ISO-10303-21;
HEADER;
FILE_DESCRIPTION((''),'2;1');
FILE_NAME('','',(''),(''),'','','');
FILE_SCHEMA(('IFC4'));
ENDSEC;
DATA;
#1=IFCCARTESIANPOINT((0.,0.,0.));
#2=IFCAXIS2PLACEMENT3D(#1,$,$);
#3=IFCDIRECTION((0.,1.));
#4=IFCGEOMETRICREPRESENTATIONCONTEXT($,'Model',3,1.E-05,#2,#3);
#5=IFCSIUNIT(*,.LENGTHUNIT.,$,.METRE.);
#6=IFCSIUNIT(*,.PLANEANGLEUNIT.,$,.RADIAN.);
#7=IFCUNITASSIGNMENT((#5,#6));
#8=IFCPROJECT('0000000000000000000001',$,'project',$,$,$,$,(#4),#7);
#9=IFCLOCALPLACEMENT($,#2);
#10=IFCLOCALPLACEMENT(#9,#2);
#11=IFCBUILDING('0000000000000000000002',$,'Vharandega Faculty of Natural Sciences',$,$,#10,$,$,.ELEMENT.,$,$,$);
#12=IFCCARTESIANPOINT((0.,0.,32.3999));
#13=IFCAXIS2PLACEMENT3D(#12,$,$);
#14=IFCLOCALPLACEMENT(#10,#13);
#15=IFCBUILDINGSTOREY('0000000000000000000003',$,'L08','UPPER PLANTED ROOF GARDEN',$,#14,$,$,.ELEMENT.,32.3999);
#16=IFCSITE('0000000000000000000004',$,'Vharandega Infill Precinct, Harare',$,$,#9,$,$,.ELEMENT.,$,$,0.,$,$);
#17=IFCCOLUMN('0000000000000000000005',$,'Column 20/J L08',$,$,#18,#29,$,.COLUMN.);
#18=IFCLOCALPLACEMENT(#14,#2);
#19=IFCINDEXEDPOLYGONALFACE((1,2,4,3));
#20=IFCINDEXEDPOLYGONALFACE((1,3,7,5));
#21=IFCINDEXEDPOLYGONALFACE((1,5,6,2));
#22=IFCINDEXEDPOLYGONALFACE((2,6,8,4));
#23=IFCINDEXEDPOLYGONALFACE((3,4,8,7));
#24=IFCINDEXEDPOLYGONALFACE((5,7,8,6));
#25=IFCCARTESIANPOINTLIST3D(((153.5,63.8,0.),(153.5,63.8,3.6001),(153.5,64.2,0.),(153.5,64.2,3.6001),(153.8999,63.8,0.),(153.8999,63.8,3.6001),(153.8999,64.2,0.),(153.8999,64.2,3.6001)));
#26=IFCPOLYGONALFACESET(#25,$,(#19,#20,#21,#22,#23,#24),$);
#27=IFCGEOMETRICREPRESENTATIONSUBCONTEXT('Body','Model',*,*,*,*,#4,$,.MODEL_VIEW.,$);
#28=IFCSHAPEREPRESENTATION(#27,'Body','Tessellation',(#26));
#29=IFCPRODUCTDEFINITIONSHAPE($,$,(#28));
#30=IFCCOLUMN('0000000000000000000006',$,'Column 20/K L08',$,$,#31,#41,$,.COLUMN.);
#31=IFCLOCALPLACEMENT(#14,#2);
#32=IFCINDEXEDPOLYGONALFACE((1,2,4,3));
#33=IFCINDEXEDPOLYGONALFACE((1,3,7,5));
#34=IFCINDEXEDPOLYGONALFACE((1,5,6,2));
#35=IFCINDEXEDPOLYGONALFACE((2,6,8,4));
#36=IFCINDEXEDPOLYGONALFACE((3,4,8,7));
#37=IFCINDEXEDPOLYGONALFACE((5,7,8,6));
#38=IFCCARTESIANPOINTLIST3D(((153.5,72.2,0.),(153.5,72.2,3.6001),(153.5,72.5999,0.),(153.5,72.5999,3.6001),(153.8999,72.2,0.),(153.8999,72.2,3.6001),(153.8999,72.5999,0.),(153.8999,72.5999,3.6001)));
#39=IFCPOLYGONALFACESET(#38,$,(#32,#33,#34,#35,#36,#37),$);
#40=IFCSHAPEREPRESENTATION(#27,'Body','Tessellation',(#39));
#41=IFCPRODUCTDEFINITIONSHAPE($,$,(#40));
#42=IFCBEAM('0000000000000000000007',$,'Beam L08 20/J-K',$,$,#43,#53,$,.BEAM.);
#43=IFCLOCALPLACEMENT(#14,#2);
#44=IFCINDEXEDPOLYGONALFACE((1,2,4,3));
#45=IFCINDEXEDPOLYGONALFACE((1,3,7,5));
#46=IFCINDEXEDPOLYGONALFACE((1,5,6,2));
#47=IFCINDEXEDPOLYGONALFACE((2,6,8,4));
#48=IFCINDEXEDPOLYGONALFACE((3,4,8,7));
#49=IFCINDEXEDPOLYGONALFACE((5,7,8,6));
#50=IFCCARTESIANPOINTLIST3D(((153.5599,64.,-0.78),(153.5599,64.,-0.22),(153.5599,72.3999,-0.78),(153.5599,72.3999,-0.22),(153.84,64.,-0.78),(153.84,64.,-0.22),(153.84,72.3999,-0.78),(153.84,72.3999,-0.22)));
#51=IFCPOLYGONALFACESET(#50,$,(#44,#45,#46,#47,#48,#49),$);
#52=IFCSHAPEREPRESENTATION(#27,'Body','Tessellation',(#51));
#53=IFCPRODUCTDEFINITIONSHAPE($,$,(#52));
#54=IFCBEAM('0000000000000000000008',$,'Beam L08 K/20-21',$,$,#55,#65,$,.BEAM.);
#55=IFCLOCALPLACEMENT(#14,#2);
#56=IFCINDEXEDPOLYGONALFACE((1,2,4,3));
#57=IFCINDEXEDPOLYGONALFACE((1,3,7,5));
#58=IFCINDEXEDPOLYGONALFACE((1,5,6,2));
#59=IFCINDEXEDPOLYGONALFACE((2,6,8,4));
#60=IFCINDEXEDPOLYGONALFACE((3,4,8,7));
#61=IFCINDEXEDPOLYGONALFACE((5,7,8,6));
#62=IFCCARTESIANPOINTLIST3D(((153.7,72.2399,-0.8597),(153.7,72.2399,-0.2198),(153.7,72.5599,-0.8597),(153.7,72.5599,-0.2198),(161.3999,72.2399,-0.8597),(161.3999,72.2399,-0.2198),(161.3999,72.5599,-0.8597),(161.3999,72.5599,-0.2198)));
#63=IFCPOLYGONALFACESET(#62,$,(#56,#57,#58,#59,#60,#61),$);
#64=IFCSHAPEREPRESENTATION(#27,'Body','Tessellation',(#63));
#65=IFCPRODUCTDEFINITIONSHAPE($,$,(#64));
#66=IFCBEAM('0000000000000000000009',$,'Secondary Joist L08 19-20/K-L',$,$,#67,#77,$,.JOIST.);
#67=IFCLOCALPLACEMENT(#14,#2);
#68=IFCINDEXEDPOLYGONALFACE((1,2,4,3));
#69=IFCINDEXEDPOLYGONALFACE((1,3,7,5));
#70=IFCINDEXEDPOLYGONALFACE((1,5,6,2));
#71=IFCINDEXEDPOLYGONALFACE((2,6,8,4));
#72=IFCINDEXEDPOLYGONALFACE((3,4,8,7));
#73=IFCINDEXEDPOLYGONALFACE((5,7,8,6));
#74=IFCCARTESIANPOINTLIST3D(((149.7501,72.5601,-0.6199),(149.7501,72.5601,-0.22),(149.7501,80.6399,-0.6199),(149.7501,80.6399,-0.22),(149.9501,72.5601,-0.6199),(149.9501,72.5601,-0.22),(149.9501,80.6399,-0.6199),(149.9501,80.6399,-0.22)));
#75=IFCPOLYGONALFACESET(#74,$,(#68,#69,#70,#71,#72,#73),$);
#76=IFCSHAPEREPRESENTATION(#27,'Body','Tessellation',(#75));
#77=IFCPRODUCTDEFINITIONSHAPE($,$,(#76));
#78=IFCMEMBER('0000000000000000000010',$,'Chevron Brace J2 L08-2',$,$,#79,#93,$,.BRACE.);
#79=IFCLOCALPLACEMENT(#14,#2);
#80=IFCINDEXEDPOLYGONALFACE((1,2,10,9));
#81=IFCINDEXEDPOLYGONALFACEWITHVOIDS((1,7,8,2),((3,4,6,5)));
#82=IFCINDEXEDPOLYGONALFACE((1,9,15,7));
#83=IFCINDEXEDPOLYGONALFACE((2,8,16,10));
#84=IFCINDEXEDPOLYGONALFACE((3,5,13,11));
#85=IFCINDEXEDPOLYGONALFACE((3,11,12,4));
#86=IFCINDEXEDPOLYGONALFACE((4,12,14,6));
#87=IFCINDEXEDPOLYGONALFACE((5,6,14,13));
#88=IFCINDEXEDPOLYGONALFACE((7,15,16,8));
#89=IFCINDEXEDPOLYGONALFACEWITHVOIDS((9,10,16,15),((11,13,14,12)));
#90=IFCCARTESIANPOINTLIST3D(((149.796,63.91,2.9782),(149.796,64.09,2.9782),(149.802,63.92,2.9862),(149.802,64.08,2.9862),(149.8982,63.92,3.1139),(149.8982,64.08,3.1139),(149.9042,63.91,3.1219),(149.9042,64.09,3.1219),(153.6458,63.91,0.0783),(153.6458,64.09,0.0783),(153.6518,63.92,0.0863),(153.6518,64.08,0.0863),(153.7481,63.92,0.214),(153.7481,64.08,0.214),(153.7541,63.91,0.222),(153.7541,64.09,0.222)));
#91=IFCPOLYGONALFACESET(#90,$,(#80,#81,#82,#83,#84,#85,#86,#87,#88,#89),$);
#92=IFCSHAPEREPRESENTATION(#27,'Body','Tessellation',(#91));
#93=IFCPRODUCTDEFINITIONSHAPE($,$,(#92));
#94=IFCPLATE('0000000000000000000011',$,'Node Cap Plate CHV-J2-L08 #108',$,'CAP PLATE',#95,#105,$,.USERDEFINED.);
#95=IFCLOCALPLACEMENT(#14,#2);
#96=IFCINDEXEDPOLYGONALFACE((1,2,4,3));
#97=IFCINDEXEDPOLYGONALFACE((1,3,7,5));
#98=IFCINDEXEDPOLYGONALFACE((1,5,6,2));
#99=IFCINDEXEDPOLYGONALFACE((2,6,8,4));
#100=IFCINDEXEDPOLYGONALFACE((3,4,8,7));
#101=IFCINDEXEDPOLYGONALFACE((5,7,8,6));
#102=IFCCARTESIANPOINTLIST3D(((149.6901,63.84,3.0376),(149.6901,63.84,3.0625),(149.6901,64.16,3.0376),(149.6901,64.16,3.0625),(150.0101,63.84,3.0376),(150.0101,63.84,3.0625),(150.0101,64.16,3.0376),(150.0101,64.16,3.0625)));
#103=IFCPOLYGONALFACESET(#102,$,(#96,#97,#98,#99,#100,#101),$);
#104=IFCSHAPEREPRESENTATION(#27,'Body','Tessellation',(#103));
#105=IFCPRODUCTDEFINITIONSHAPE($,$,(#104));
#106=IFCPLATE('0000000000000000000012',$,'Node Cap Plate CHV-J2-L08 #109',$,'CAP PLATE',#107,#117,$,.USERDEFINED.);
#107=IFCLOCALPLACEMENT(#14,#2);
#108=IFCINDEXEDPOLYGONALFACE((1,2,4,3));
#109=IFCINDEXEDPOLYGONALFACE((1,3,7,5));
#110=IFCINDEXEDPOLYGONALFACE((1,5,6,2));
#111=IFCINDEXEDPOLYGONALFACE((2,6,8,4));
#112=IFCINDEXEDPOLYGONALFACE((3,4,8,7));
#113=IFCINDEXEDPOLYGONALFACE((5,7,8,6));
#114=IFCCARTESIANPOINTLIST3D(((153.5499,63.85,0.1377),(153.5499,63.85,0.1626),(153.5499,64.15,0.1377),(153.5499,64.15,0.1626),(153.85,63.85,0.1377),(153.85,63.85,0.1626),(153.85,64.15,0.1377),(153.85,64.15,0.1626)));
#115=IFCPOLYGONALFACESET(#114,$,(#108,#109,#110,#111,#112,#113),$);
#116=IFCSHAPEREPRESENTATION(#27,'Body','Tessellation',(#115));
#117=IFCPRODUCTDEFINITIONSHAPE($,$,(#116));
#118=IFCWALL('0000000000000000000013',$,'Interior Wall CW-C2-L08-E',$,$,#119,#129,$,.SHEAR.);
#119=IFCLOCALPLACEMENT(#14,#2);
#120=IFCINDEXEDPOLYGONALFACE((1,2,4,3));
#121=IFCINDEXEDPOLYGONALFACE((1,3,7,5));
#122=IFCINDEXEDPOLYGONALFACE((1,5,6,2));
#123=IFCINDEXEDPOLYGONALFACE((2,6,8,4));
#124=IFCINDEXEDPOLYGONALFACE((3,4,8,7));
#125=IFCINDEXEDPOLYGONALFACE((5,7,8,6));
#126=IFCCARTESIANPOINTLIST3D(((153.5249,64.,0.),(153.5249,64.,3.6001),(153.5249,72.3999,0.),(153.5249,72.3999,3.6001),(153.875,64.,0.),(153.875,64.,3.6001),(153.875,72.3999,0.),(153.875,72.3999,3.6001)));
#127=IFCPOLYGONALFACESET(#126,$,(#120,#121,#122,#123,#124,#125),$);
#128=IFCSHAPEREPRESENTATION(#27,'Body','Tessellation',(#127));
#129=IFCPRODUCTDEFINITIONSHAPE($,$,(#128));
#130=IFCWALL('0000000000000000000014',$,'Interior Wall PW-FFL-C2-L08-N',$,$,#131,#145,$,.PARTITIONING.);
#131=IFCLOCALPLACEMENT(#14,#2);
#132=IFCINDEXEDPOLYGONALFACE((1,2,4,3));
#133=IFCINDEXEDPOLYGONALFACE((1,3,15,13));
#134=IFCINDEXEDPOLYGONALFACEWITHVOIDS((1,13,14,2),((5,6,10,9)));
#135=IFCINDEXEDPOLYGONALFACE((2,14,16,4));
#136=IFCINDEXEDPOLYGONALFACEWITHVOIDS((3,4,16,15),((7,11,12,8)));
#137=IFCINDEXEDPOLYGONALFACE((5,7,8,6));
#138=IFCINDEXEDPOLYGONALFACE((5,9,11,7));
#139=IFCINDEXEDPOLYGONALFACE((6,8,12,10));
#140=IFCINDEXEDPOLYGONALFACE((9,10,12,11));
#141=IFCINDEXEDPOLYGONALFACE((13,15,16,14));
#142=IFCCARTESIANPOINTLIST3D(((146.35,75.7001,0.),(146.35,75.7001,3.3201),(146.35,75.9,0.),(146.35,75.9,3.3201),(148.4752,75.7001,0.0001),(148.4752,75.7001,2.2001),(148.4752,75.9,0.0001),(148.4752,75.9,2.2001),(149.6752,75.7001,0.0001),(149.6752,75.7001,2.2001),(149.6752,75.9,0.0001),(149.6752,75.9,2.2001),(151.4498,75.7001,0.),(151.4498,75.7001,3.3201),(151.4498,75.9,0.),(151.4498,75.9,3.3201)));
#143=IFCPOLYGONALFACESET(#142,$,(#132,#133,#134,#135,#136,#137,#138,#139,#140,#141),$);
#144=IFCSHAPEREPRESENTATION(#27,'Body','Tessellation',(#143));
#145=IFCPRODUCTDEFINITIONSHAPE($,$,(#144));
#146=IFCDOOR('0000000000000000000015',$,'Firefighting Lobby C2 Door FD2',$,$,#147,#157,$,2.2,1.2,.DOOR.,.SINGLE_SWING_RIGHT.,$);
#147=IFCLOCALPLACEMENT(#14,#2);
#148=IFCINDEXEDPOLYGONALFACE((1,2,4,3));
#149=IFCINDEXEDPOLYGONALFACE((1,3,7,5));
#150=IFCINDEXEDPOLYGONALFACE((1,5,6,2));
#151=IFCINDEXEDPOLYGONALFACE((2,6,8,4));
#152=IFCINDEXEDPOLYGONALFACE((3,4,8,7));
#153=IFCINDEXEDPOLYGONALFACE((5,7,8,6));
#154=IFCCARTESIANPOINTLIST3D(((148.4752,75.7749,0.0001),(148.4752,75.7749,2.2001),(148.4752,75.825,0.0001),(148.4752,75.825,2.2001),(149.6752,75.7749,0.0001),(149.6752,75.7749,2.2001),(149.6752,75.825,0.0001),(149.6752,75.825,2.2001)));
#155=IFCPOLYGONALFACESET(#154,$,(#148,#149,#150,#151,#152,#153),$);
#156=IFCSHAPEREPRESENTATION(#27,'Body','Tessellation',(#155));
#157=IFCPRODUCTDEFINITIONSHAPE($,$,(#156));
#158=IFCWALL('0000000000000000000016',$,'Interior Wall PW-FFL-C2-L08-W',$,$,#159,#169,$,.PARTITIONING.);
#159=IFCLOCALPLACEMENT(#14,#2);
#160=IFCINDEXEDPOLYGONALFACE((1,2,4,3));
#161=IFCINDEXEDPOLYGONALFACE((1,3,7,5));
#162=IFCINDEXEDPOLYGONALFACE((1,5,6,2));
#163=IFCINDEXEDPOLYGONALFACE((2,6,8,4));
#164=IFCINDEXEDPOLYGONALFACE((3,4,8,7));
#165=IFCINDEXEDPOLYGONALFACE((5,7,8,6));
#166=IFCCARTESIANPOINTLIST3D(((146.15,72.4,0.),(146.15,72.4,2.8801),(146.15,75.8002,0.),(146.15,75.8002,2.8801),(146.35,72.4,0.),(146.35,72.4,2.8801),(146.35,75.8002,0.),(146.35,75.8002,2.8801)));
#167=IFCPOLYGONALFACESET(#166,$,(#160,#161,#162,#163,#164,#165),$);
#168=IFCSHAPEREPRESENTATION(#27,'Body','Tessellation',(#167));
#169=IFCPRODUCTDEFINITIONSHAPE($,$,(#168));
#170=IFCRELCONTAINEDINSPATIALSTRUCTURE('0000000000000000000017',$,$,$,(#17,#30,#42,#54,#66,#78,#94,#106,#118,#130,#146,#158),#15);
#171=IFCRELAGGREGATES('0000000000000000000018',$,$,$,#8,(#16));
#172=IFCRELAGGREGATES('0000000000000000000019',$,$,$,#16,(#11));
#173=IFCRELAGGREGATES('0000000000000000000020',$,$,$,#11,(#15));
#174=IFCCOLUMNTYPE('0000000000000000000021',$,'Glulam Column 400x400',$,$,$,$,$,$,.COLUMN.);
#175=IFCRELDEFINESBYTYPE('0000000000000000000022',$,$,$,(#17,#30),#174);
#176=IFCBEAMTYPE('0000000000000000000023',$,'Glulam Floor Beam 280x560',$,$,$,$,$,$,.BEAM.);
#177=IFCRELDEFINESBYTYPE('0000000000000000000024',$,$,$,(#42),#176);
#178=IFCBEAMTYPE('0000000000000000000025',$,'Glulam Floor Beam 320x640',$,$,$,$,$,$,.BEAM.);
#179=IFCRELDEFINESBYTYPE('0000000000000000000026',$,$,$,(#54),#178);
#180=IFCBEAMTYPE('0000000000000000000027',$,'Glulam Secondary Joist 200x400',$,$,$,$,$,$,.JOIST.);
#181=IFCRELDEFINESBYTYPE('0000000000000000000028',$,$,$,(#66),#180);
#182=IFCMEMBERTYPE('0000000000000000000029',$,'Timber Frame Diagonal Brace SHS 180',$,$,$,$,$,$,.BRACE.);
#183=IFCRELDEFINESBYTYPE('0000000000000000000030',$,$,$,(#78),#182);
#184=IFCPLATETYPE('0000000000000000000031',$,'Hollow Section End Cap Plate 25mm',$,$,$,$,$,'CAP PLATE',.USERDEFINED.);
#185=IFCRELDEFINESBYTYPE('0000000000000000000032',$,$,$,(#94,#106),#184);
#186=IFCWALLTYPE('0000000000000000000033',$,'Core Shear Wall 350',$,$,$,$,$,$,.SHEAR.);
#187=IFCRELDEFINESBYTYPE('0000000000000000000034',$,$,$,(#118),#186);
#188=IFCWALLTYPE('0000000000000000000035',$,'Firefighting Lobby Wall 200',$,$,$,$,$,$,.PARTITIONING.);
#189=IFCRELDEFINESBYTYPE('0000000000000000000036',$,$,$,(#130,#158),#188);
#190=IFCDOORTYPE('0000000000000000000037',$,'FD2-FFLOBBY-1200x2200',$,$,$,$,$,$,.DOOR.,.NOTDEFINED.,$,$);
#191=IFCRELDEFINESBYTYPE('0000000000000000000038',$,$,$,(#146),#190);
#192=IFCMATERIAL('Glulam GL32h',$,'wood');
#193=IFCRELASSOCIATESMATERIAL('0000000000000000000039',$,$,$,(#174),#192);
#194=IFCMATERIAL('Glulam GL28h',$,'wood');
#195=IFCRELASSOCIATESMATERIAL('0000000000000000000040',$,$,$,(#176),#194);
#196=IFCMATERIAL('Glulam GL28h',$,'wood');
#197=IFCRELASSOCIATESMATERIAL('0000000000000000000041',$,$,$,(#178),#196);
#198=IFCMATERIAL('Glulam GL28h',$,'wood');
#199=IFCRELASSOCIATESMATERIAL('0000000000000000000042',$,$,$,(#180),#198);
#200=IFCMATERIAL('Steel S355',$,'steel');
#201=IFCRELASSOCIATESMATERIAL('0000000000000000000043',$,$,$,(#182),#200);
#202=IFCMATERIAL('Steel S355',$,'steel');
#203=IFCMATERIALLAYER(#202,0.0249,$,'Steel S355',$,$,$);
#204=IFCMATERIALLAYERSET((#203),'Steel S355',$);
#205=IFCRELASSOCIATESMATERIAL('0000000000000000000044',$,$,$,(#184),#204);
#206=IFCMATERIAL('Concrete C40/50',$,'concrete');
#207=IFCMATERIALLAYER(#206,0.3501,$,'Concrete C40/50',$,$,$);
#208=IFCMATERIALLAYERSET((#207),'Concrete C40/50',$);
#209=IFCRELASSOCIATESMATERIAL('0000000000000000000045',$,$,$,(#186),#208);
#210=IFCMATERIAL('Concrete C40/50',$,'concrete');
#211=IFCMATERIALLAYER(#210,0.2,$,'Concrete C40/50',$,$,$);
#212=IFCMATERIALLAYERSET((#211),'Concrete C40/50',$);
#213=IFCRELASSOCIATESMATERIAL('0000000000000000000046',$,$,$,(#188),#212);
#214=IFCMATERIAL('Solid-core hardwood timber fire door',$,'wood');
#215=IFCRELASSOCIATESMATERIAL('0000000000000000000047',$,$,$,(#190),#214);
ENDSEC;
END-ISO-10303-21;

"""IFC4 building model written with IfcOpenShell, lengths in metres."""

from ifc_helpers import new_model, si_unit, direction, frame, frame_2d, origin, origin_2d, place, context, subcontext, project, spatial, rectangle, hollow_rectangle, extrude, material, layer, layer_set, material_profile, profile_set, type_object, element, fill, save


model = new_model("IFC4")

# Units and contexts
model_context = context("Model", 3, precision=1e-05, world=origin(), true_north=direction((0.0, 1.0)))
body_context = subcontext(model_context, "Body", "Model", "MODEL_VIEW")
ifc_project = project(units=[si_unit("LENGTHUNIT", "METRE"), si_unit("PLANEANGLEUNIT", "RADIAN")], contexts=[model_context])

# Site, building, storey
site_placement = place(None, origin())
site = spatial("IfcSite", under=ifc_project, at=site_placement, Name="Vharandega Infill Precinct, Harare", CompositionType="ELEMENT", RefElevation=0.0)
building_placement = place(site_placement, origin())
building = spatial("IfcBuilding", under=site, at=building_placement, Name="Vharandega Faculty of Natural Sciences", CompositionType="ELEMENT")
storey_placement = place(building_placement, frame((0.0, 0.0, 32.3999)))
storey = spatial("IfcBuildingStorey", under=building, at=storey_placement, Name="L08", Description="UPPER PLANTED ROOF GARDEN", CompositionType="ELEMENT", Elevation=32.3999)

# Columns
ifc_material_1 = material(Name="Glulam GL32h", Category="wood")
ifc_material_profile_1 = material_profile(ifc_material_1, rectangle(XDim=0.3999, YDim=0.3999, at=origin_2d()), Name="GL32h 400x400")
ifc_profile_set_1 = profile_set([ifc_material_profile_1], Name="Glulam GL32h")
column_type = type_object("IfcColumnType", Name="Glulam Column 400x400", PredefinedType="COLUMN", material=ifc_profile_set_1)
for number, where, z_axis, x_axis, name in (
    (1, (153.7, 64.0, 0.0), (0.0, 0.0, 1.0), (1.0, 0.0, 0.0), "Column 20/J L08"),
    (2, (153.7, 72.3999, 0.0), (0.0, 0.0, 1.0), (1.0, 0.0, 0.0), "Column 20/K L08"),
):
    element("IfcColumn", number, at=place(storey_placement, frame(where, z_axis=z_axis, x_axis=x_axis)), inside=storey, type_object=column_type, Name=name, PredefinedType="COLUMN", context=body_context, shape_type="SweptSolid", body=[
        extrude(rectangle(XDim=0.3999, YDim=0.3999, at=origin_2d()), origin(), (0.0, 0.0, 1.0), 3.6001),
    ])

# Beams
ifc_material_2 = material(Name="Glulam GL28h", Category="wood")
ifc_material_profile_2 = material_profile(ifc_material_2, rectangle(XDim=0.28, YDim=0.5601, at=origin_2d()), Name="GL28h 280x560")
ifc_profile_set_2 = profile_set([ifc_material_profile_2], Name="Glulam GL28h")
beam_type_1 = type_object("IfcBeamType", Name="Glulam Floor Beam 280x560", PredefinedType="BEAM", material=ifc_profile_set_2)
beam_1_placement = place(storey_placement, frame((153.7, 64.0, -0.5), z_axis=(0.0, 1.0, 0.0), x_axis=(-1.0, 0.0, 0.0)))
element("IfcBeam", 3, at=beam_1_placement, inside=storey, type_object=beam_type_1, Name="Beam L08 20/J-K", PredefinedType="BEAM", context=body_context, shape_type="SweptSolid", body=[
    extrude(rectangle(XDim=0.28, YDim=0.5601, at=origin_2d()), origin(), (0.0, 0.0, 1.0), 8.3999),
])
ifc_material_3 = material(Name="Glulam GL28h", Category="wood")
ifc_material_profile_3 = material_profile(ifc_material_3, rectangle(XDim=0.3201, YDim=0.6399, at=origin_2d()), Name="GL28h 320x640")
ifc_profile_set_3 = profile_set([ifc_material_profile_3], Name="Glulam GL28h")
beam_type_2 = type_object("IfcBeamType", Name="Glulam Floor Beam 320x640", PredefinedType="BEAM", material=ifc_profile_set_3)
beam_2_placement = place(storey_placement, frame((153.7, 72.3999, -0.5398), z_axis=(1.0, 0.0, 0.0), x_axis=(0.0, 1.0, 0.0)))
element("IfcBeam", 4, at=beam_2_placement, inside=storey, type_object=beam_type_2, Name="Beam L08 K/20-21", PredefinedType="BEAM", context=body_context, shape_type="SweptSolid", body=[
    extrude(rectangle(XDim=0.3201, YDim=0.6399, at=origin_2d()), origin(), (0.0, 0.0, 1.0), 7.7),
])
ifc_material_4 = material(Name="Glulam GL28h", Category="wood")
ifc_material_profile_4 = material_profile(ifc_material_4, rectangle(XDim=0.2, YDim=0.3999, at=origin_2d()), Name="GL28h 200x400")
ifc_profile_set_4 = profile_set([ifc_material_profile_4], Name="Glulam GL28h")
beam_type_3 = type_object("IfcBeamType", Name="Glulam Secondary Joist 200x400", PredefinedType="JOIST", material=ifc_profile_set_4)
beam_3_placement = place(storey_placement, frame((149.8501, 72.5601, -0.4199), z_axis=(0.0, 1.0, 0.0), x_axis=(-1.0, 0.0, 0.0)))
element("IfcBeam", 5, at=beam_3_placement, inside=storey, type_object=beam_type_3, Name="Secondary Joist L08 19-20/K-L", PredefinedType="JOIST", context=body_context, shape_type="SweptSolid", body=[
    extrude(rectangle(XDim=0.2, YDim=0.3999, at=origin_2d()), origin(), (0.0, 0.0, 1.0), 8.0798),
])

# Member
ifc_material_5 = material(Name="Steel S355", Category="steel")
ifc_material_profile_5 = material_profile(ifc_material_5, hollow_rectangle(XDim=0.1799, YDim=0.1799, WallThickness=0.01, at=origin_2d()), Name="SHS 180x180x10")
ifc_profile_set_5 = profile_set([ifc_material_profile_5], Name="Steel S355")
member_type = type_object("IfcMemberType", Name="Timber Frame Diagonal Brace SHS 180", PredefinedType="BRACE", material=ifc_profile_set_5)
member_placement = place(storey_placement, frame((153.7, 64.0, 0.1501), z_axis=(-0.798752, 0.0, 0.60166), x_axis=(0.0, -1.0, 0.0)))
element("IfcMember", 6, at=member_placement, inside=storey, type_object=member_type, Name="Chevron Brace J2 L08-2", PredefinedType="BRACE", context=body_context, shape_type="SweptSolid", body=[
    extrude(hollow_rectangle(XDim=0.1799, YDim=0.1799, WallThickness=0.01, at=origin_2d()), origin(), (0.0, 0.0, 1.0), 4.8198),
])

# Plates
ifc_material_6 = material(Name="Steel S355", Category="steel")
ifc_layer_1 = layer(ifc_material_6, 0.0249, Name="Steel S355")
ifc_layer_set_1 = layer_set([ifc_layer_1], Name="Steel S355")
plate_type = type_object("IfcPlateType", Name="Hollow Section End Cap Plate 25mm", ElementType="CAP PLATE", PredefinedType="USERDEFINED", material=ifc_layer_set_1)
plate_1_placement = place(storey_placement, frame((149.8501, 64.0, 3.0376), z_axis=(0.0, 0.0, 1.0), x_axis=(1.0, 0.0, 0.0)))
element("IfcPlate", 7, at=plate_1_placement, inside=storey, type_object=plate_type, Name="Node Cap Plate CHV-J2-L08 #108", ObjectType="CAP PLATE", PredefinedType="USERDEFINED", context=body_context, shape_type="SweptSolid", body=[
    extrude(rectangle(XDim=0.3201, YDim=0.3201, at=origin_2d()), origin(), (0.0, 0.0, 1.0), 0.0249),
])
plate_2_placement = place(storey_placement, frame((153.7, 64.0, 0.1377), z_axis=(0.0, 0.0, 1.0), x_axis=(1.0, 0.0, 0.0)))
element("IfcPlate", 8, at=plate_2_placement, inside=storey, type_object=plate_type, Name="Node Cap Plate CHV-J2-L08 #109", ObjectType="CAP PLATE", PredefinedType="USERDEFINED", context=body_context, shape_type="SweptSolid", body=[
    extrude(rectangle(XDim=0.3, YDim=0.3, at=origin_2d()), origin(), (0.0, 0.0, 1.0), 0.0249),
])

# Wall
ifc_material_7 = material(Name="Concrete C40/50", Category="concrete")
ifc_layer_2 = layer(ifc_material_7, 0.3501, Name="Concrete C40/50")
ifc_layer_set_2 = layer_set([ifc_layer_2], Name="Concrete C40/50")
wall_type_1 = type_object("IfcWallType", Name="Core Shear Wall 350", PredefinedType="SHEAR", material=ifc_layer_set_2)
wall_1_placement = place(storey_placement, frame((153.7, 64.0, 0.0), z_axis=(0.0, 0.0, 1.0), x_axis=(0.0, 1.0, 0.0)))
element("IfcWall", 9, at=wall_1_placement, inside=storey, type_object=wall_type_1, Name="Interior Wall CW-C2-L08-E", PredefinedType="SHEAR", context=body_context, shape_type="SweptSolid", body=[
    extrude(rectangle(XDim=8.3999, YDim=0.3501, at=frame_2d((4.2, 0.0))), origin(), (0.0, 0.0, 1.0), 3.6001),
])

# Wall, opening, door
ifc_material_8 = material(Name="Concrete C40/50", Category="concrete")
ifc_layer_3 = layer(ifc_material_8, 0.2, Name="Concrete C40/50")
ifc_layer_set_3 = layer_set([ifc_layer_3], Name="Concrete C40/50")
wall_type_2 = type_object("IfcWallType", Name="Firefighting Lobby Wall 200", PredefinedType="PARTITIONING", material=ifc_layer_set_3)
wall_2_placement = place(storey_placement, frame((146.3501, 75.8, 0.0), z_axis=(0.0, 0.0, 1.0), x_axis=(1.0, 0.0, 0.0)))
wall_2 = element("IfcWall", 10, at=wall_2_placement, inside=storey, type_object=wall_type_2, Name="Interior Wall PW-FFL-C2-L08-N", PredefinedType="PARTITIONING", context=body_context, shape_type="SweptSolid", body=[
    extrude(rectangle(XDim=5.0999, YDim=0.2, at=frame_2d((2.5498, 0.0))), origin(), (0.0, 0.0, 1.0), 3.3201),
])
opening_1_placement = place(wall_2_placement, frame((2.125, 0.0, 0.0)))
opening_1 = element("IfcOpeningElement", 11, at=opening_1_placement, cuts=wall_2, PredefinedType="OPENING", context=body_context, shape_type="SweptSolid", body=[
    extrude(rectangle(XDim=1.2, YDim=2.2, at=frame_2d((0.6001, 1.1001))), frame((0.0, 0.1099, 0.0), z_axis=(0.0, -1.0, 0.0), x_axis=(1.0, 0.0, 0.0)), (0.0, 0.0, 1.0), 0.22),
])
ifc_material_9 = material(Name="Solid-core hardwood timber fire door", Category="wood")
door_type = type_object("IfcDoorType", Name="FD2-FFLOBBY-1200x2200", OperationType="NOTDEFINED", PredefinedType="DOOR", material=ifc_material_9)
door_1_placement = place(opening_1_placement, origin())
door_1 = element("IfcDoor", 12, at=door_1_placement, inside=storey, type_object=door_type, Name="Firefighting Lobby C2 Door FD2", OperationType="SINGLE_SWING_RIGHT", OverallHeight=2.2, OverallWidth=1.2, PredefinedType="DOOR", context=body_context, shape_type="SweptSolid", body=[
    extrude(rectangle(XDim=1.2, YDim=2.2, at=frame_2d((0.6001, 1.1001))), frame((0.0, 0.0249, 0.0), z_axis=(0.0, -1.0, 0.0), x_axis=(1.0, 0.0, 0.0)), (0.0, 0.0, 1.0), 0.05),
])
fill(opening_1, door_1)

# Wall
wall_3_placement = place(storey_placement, frame((146.25, 72.3999, 0.0), z_axis=(0.0, 0.0, 1.0), x_axis=(0.0, 1.0, 0.0)))
element("IfcWall", 13, at=wall_3_placement, inside=storey, type_object=wall_type_2, Name="Interior Wall PW-FFL-C2-L08-W", PredefinedType="PARTITIONING", context=body_context, shape_type="SweptSolid", body=[
    extrude(rectangle(XDim=3.4001, YDim=0.2, at=frame_2d((1.7002, 0.0))), origin(), (0.0, 0.0, 1.0), 2.8801),
])

save(model, "model.ifc")
